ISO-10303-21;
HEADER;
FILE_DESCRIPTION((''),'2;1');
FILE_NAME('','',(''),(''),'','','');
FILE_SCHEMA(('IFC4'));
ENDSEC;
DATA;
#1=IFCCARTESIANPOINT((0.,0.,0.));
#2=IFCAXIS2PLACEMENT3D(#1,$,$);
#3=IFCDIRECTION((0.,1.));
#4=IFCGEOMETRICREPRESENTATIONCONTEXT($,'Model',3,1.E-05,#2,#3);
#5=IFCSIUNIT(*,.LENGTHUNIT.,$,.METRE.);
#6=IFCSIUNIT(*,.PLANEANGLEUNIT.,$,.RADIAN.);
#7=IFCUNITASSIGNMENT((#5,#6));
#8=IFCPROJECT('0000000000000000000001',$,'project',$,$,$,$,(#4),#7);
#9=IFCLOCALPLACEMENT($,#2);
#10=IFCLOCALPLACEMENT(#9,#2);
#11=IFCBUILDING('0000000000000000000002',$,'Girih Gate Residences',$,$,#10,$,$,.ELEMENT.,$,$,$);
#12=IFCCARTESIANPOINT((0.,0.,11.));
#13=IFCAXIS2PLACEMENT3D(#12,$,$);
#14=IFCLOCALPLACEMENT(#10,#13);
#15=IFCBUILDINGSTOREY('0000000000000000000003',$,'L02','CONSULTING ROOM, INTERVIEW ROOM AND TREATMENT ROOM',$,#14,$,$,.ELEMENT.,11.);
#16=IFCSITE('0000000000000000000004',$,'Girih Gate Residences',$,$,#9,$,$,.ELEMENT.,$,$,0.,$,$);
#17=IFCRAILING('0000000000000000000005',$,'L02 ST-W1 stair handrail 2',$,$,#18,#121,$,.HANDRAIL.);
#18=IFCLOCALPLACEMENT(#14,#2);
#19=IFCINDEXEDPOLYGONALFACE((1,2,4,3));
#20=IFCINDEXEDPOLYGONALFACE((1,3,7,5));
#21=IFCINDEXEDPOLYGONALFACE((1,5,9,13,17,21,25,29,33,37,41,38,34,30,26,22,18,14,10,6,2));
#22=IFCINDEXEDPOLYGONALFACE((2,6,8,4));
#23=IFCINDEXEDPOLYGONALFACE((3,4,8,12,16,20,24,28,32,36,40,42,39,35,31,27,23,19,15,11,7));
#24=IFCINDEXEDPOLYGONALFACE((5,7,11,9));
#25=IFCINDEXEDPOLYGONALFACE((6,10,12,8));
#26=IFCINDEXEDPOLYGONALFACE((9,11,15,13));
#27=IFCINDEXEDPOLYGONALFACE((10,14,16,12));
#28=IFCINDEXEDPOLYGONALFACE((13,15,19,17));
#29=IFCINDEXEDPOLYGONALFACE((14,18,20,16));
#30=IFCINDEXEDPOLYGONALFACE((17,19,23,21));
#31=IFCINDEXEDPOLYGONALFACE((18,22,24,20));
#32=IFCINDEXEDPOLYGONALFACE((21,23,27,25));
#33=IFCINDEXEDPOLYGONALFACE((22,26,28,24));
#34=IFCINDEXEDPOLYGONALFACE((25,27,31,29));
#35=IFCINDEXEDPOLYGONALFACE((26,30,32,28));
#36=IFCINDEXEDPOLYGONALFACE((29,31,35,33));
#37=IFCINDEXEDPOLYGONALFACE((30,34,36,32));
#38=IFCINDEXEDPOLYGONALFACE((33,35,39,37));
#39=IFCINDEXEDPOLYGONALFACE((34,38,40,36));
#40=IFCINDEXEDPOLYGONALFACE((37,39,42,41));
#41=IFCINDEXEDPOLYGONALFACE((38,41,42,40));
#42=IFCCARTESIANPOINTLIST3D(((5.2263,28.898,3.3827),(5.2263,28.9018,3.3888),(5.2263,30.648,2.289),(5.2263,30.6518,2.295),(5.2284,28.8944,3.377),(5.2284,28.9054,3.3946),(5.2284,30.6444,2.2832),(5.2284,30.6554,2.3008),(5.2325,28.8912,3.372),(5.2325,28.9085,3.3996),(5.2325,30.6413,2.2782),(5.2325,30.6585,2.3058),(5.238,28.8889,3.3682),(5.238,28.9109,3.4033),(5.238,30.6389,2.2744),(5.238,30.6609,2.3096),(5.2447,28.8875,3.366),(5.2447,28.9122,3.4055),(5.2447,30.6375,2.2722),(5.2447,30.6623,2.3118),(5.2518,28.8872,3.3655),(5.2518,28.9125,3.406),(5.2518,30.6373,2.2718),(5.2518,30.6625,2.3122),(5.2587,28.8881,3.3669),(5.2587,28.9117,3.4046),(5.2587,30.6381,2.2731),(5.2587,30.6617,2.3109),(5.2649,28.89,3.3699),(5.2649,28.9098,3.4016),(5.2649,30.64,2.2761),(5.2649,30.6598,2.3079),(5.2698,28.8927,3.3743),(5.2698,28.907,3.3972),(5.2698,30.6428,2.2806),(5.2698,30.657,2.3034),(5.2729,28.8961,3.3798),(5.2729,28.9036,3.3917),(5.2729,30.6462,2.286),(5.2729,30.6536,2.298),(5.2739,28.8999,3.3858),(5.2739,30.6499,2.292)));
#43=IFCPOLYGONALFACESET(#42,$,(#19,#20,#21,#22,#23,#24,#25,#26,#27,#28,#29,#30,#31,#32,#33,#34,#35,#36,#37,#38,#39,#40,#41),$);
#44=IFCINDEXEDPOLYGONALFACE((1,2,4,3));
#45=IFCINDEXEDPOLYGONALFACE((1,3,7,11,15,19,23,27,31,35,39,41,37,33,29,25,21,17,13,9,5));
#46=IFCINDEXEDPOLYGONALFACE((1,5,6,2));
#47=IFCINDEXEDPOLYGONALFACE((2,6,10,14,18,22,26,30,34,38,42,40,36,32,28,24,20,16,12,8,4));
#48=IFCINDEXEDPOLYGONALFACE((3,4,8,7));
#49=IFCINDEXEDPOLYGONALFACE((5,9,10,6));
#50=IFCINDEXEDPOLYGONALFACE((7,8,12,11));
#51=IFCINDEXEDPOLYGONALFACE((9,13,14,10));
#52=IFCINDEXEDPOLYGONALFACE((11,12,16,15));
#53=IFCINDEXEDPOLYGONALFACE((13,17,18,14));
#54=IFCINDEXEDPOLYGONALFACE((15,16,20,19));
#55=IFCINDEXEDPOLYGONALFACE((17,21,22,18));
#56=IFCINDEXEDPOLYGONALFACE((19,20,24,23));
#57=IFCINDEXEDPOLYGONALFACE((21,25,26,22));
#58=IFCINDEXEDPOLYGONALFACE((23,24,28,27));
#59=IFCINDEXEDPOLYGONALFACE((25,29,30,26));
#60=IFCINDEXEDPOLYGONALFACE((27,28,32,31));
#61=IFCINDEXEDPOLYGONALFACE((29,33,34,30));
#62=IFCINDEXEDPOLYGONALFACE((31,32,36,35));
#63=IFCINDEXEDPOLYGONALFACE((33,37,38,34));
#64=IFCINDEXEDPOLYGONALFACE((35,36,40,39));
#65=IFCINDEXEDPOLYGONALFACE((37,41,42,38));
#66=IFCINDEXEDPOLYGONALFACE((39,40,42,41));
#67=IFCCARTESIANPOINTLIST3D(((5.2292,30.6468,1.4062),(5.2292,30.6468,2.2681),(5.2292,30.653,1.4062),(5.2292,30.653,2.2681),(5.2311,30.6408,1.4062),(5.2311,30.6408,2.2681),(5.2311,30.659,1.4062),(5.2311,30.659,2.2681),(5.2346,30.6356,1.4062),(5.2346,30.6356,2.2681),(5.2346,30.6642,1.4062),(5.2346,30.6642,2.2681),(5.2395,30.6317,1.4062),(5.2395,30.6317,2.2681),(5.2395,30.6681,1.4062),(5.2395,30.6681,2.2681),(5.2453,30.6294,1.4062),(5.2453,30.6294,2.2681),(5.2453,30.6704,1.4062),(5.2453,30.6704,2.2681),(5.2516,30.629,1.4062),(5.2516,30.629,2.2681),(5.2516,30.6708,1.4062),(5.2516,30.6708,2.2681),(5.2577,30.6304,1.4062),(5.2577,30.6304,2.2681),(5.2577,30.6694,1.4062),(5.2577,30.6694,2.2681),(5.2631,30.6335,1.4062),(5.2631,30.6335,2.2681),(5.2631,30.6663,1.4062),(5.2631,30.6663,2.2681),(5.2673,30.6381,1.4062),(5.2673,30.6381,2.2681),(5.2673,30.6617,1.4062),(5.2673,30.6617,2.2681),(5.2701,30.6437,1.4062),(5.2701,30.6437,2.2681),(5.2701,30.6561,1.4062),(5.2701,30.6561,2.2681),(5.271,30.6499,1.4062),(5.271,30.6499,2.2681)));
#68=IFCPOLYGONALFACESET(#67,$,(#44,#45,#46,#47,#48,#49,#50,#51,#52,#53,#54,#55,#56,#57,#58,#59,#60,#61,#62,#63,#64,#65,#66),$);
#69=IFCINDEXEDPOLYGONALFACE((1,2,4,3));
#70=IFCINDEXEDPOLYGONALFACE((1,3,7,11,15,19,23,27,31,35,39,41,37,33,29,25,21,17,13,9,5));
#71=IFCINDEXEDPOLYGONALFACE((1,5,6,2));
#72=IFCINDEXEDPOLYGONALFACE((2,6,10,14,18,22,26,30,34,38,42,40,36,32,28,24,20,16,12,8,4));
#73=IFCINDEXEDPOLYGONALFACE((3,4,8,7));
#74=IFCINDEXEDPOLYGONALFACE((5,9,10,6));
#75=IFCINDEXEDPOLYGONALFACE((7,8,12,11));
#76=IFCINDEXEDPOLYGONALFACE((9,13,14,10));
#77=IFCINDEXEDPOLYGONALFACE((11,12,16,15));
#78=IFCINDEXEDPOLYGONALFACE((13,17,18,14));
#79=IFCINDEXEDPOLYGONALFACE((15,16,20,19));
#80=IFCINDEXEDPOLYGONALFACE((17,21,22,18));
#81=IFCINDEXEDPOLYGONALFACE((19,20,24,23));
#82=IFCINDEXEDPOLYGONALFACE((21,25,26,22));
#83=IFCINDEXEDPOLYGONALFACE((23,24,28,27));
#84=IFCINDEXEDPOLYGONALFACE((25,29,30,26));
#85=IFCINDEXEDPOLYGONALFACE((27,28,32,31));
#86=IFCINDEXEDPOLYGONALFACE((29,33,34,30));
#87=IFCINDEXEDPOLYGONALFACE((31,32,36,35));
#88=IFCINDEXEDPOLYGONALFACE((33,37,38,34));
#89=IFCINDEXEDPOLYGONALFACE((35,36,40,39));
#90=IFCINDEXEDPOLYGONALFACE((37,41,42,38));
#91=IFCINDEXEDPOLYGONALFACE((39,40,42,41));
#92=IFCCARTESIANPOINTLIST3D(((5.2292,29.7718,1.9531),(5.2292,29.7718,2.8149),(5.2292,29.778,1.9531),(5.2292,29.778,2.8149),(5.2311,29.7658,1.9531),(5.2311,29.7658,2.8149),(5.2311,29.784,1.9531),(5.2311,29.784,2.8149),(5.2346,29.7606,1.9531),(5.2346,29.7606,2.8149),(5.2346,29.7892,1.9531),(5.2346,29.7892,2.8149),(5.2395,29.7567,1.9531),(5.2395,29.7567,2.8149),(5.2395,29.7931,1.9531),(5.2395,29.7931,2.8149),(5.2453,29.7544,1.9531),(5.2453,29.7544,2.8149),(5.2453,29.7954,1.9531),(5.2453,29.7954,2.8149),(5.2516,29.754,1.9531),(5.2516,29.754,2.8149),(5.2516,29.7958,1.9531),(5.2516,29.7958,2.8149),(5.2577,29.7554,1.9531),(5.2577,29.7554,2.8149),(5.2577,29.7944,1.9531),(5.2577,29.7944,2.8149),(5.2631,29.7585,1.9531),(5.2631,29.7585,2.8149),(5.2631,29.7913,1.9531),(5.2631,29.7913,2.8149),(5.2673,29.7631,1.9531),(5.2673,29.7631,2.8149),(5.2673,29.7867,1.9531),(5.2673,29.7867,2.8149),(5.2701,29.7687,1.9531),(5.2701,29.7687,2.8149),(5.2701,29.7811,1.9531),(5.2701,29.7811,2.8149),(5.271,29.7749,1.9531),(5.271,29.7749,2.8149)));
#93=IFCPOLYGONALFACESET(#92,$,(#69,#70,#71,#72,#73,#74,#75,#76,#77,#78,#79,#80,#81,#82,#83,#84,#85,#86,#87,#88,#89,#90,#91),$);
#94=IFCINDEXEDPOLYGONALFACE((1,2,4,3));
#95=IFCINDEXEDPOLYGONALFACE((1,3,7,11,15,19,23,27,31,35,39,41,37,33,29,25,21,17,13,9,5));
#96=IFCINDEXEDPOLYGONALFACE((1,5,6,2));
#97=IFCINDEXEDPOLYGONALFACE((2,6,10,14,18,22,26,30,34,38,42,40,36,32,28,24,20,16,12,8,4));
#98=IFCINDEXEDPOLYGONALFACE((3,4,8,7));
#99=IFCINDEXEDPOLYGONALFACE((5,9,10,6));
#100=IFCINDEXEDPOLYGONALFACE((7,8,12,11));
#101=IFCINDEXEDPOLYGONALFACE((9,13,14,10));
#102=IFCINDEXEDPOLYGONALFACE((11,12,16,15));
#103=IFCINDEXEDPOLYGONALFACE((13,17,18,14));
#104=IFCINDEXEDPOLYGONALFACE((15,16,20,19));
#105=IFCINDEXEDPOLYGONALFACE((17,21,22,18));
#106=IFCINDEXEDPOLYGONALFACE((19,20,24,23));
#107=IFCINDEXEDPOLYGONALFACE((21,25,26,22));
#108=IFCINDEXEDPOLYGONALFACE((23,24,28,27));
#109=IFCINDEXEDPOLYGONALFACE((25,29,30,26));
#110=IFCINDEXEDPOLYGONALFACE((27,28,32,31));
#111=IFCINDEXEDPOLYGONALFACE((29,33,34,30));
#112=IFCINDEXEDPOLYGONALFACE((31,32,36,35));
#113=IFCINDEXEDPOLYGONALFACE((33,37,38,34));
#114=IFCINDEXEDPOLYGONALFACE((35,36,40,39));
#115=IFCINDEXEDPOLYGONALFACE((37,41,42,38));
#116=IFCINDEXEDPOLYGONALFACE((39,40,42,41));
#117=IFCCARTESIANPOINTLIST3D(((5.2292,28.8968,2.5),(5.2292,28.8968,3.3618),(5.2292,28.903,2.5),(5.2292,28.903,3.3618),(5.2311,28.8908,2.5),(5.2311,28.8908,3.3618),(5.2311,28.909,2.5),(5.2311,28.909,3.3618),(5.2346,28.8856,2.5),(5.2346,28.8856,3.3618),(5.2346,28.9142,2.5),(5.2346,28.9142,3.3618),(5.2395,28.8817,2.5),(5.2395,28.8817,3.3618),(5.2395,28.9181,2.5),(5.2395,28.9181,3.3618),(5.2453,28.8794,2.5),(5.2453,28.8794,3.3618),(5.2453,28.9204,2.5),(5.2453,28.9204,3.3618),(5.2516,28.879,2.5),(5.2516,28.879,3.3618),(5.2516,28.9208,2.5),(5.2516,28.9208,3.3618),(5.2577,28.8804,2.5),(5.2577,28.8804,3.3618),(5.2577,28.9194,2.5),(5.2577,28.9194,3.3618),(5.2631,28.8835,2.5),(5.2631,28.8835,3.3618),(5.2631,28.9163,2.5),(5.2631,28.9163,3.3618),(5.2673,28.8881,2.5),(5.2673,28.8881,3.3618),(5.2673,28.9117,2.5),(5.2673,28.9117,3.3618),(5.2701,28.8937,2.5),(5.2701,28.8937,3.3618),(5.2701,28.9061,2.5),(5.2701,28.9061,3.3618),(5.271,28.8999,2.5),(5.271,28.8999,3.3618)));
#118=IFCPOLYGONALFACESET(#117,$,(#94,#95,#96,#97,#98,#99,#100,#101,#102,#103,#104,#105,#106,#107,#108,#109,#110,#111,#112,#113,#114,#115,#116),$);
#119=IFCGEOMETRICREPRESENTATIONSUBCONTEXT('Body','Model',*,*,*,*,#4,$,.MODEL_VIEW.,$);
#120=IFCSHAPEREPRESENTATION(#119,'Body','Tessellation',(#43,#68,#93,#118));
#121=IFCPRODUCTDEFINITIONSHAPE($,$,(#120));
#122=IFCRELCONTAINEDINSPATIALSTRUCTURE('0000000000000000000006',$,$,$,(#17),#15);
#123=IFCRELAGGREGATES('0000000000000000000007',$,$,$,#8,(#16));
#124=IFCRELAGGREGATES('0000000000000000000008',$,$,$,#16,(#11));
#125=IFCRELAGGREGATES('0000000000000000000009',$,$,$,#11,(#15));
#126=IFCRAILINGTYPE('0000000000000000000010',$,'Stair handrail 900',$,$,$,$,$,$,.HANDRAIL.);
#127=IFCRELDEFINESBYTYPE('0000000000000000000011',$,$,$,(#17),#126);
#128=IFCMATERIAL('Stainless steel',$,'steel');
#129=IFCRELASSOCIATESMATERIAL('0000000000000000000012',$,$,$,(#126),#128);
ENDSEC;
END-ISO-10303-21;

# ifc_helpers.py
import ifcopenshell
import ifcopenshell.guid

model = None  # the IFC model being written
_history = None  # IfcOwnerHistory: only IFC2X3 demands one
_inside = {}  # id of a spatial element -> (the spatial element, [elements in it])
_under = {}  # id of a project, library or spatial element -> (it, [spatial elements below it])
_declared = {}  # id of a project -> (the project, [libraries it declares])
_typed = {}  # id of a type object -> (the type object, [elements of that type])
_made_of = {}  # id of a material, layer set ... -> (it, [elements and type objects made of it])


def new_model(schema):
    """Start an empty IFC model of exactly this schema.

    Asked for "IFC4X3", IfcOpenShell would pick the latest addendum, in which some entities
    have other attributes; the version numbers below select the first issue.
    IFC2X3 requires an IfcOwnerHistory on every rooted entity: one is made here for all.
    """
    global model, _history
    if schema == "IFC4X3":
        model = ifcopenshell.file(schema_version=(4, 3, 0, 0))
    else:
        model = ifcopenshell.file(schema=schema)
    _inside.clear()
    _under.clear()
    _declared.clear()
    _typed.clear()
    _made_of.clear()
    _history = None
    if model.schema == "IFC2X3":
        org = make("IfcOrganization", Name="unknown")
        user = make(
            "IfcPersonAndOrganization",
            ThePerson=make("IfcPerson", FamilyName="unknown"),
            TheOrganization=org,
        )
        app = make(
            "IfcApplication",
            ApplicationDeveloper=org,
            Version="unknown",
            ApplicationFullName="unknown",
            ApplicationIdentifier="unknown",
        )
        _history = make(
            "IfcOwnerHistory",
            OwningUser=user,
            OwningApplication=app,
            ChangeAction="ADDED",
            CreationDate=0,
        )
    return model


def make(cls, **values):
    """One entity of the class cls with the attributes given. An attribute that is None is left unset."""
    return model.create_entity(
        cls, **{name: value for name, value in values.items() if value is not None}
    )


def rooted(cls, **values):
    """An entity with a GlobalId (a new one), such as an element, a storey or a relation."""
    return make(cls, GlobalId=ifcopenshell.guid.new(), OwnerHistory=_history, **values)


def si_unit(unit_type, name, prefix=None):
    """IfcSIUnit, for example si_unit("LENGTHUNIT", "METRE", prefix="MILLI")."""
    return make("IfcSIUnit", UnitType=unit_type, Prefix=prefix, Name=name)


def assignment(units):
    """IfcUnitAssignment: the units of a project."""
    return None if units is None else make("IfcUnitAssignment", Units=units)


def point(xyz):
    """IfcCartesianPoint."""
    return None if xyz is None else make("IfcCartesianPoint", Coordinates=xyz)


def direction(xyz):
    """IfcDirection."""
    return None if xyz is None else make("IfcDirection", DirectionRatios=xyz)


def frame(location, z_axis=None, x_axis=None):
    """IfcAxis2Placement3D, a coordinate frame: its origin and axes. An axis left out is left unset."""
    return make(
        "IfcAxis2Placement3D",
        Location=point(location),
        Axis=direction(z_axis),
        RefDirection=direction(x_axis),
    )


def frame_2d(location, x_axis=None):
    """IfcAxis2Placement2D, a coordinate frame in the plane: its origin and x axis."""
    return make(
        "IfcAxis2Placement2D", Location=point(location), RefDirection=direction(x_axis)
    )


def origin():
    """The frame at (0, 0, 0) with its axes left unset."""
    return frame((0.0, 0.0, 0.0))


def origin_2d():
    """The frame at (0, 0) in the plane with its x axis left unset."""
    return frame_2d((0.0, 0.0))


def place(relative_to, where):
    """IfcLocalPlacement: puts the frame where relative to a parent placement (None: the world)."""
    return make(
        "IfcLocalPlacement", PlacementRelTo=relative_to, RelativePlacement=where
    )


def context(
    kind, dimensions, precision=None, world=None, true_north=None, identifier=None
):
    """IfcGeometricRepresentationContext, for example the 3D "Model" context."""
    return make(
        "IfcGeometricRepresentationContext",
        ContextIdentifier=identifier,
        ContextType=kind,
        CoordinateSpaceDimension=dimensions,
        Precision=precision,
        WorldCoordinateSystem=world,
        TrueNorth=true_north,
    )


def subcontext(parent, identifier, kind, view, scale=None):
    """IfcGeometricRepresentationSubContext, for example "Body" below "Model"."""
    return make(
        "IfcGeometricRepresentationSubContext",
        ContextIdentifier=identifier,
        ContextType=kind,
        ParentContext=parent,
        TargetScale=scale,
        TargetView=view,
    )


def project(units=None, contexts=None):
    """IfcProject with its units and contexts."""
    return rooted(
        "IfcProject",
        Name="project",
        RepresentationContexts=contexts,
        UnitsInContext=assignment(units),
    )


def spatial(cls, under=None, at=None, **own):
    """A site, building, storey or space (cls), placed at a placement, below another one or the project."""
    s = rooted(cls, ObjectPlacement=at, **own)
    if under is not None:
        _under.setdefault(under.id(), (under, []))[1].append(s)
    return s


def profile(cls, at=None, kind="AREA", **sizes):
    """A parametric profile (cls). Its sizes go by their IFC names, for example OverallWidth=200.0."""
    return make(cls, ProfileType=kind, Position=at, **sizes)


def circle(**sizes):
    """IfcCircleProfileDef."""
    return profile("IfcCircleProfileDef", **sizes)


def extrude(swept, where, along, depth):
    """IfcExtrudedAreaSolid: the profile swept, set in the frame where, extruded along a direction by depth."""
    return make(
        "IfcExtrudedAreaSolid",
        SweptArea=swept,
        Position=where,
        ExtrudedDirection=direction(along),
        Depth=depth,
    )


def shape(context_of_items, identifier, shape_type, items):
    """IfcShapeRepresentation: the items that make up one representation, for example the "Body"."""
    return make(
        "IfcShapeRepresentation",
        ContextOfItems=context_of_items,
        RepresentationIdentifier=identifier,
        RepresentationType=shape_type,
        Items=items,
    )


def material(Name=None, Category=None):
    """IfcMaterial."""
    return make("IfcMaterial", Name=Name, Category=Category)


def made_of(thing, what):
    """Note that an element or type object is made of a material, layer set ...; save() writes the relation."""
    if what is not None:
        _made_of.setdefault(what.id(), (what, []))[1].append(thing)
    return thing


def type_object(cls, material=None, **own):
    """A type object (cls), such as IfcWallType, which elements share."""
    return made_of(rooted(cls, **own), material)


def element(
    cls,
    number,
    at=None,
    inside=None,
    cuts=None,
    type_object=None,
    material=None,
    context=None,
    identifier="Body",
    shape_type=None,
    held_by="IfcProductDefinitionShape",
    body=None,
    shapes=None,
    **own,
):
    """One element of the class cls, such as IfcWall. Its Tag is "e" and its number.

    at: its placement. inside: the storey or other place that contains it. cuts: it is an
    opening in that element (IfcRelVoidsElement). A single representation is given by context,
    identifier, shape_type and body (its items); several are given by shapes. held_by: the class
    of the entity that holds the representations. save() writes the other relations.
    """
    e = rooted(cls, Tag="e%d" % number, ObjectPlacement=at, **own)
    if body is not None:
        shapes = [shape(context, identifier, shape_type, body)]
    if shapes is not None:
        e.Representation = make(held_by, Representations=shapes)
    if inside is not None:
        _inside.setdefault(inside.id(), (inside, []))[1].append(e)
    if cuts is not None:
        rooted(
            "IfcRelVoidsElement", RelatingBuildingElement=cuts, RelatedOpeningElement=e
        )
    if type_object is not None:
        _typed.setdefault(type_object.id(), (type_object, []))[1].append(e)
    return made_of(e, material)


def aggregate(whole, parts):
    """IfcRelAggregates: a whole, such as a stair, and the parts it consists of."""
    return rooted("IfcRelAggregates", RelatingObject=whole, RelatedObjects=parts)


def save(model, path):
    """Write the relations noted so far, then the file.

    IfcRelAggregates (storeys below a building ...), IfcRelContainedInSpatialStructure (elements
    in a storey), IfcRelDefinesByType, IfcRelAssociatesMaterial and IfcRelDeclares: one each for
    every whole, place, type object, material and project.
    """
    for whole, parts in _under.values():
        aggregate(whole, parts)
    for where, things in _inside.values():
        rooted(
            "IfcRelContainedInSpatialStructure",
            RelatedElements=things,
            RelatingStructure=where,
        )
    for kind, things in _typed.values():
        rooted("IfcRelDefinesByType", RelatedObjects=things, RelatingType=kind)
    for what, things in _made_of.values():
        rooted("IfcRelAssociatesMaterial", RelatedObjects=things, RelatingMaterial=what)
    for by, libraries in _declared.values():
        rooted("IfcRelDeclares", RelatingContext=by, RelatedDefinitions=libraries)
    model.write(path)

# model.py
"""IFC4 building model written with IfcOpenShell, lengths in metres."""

from ifc_helpers import new_model, si_unit, direction, frame, origin, origin_2d, place, context, subcontext, project, spatial, circle, extrude, material, type_object, element, save


model = new_model("IFC4")

# Units and contexts
model_context = context("Model", 3, precision=1e-05, world=origin(), true_north=direction((0.0, 1.0)))
body_context = subcontext(model_context, "Body", "Model", "MODEL_VIEW")
ifc_project = project(units=[si_unit("LENGTHUNIT", "METRE"), si_unit("PLANEANGLEUNIT", "RADIAN")], contexts=[model_context])

# Site, building, storey
site_placement = place(None, origin())
site = spatial("IfcSite", under=ifc_project, at=site_placement, Name="Girih Gate Residences", CompositionType="ELEMENT", RefElevation=0.0)
building_placement = place(site_placement, origin())
building = spatial("IfcBuilding", under=site, at=building_placement, Name="Girih Gate Residences", CompositionType="ELEMENT")
storey_placement = place(building_placement, frame((0.0, 0.0, 11.0)))
storey = spatial("IfcBuildingStorey", under=building, at=storey_placement, Name="L02", Description="CONSULTING ROOM, INTERVIEW ROOM AND TREATMENT ROOM", CompositionType="ELEMENT", Elevation=11.0)

# Railing
ifc_material_1 = material(Name="Stainless steel", Category="steel")
railing_type_1 = type_object("IfcRailingType", Name="Stair handrail 900", PredefinedType="HANDRAIL", material=ifc_material_1)
railing_1_placement = place(storey_placement, frame((5.25, 30.6499, 1.4062)))
element("IfcRailing", 1, at=railing_1_placement, inside=storey, type_object=railing_type_1, Name="L02 ST-W1 stair handrail 2", PredefinedType="HANDRAIL", context=body_context, shape_type="SweptSolid", body=[
    extrude(circle(Radius=0.0239, at=origin_2d()), frame((0.0, 0.0, 0.8857), z_axis=(0.0, -0.847998, 0.529999), x_axis=(1.0, 0.0, 0.0)), (0.0, 0.0, 1.0), 2.0637),
    extrude(circle(Radius=0.021, at=origin_2d()), origin(), (0.0, 0.0, 1.0), 0.8618),
    extrude(circle(Radius=0.021, at=origin_2d()), frame((0.0, -0.875, 0.5469)), (0.0, 0.0, 1.0), 0.8618),
    extrude(circle(Radius=0.021, at=origin_2d()), frame((0.0, -1.75, 1.0938)), (0.0, 0.0, 1.0), 0.8618),
])

save(model, "model.ifc")
